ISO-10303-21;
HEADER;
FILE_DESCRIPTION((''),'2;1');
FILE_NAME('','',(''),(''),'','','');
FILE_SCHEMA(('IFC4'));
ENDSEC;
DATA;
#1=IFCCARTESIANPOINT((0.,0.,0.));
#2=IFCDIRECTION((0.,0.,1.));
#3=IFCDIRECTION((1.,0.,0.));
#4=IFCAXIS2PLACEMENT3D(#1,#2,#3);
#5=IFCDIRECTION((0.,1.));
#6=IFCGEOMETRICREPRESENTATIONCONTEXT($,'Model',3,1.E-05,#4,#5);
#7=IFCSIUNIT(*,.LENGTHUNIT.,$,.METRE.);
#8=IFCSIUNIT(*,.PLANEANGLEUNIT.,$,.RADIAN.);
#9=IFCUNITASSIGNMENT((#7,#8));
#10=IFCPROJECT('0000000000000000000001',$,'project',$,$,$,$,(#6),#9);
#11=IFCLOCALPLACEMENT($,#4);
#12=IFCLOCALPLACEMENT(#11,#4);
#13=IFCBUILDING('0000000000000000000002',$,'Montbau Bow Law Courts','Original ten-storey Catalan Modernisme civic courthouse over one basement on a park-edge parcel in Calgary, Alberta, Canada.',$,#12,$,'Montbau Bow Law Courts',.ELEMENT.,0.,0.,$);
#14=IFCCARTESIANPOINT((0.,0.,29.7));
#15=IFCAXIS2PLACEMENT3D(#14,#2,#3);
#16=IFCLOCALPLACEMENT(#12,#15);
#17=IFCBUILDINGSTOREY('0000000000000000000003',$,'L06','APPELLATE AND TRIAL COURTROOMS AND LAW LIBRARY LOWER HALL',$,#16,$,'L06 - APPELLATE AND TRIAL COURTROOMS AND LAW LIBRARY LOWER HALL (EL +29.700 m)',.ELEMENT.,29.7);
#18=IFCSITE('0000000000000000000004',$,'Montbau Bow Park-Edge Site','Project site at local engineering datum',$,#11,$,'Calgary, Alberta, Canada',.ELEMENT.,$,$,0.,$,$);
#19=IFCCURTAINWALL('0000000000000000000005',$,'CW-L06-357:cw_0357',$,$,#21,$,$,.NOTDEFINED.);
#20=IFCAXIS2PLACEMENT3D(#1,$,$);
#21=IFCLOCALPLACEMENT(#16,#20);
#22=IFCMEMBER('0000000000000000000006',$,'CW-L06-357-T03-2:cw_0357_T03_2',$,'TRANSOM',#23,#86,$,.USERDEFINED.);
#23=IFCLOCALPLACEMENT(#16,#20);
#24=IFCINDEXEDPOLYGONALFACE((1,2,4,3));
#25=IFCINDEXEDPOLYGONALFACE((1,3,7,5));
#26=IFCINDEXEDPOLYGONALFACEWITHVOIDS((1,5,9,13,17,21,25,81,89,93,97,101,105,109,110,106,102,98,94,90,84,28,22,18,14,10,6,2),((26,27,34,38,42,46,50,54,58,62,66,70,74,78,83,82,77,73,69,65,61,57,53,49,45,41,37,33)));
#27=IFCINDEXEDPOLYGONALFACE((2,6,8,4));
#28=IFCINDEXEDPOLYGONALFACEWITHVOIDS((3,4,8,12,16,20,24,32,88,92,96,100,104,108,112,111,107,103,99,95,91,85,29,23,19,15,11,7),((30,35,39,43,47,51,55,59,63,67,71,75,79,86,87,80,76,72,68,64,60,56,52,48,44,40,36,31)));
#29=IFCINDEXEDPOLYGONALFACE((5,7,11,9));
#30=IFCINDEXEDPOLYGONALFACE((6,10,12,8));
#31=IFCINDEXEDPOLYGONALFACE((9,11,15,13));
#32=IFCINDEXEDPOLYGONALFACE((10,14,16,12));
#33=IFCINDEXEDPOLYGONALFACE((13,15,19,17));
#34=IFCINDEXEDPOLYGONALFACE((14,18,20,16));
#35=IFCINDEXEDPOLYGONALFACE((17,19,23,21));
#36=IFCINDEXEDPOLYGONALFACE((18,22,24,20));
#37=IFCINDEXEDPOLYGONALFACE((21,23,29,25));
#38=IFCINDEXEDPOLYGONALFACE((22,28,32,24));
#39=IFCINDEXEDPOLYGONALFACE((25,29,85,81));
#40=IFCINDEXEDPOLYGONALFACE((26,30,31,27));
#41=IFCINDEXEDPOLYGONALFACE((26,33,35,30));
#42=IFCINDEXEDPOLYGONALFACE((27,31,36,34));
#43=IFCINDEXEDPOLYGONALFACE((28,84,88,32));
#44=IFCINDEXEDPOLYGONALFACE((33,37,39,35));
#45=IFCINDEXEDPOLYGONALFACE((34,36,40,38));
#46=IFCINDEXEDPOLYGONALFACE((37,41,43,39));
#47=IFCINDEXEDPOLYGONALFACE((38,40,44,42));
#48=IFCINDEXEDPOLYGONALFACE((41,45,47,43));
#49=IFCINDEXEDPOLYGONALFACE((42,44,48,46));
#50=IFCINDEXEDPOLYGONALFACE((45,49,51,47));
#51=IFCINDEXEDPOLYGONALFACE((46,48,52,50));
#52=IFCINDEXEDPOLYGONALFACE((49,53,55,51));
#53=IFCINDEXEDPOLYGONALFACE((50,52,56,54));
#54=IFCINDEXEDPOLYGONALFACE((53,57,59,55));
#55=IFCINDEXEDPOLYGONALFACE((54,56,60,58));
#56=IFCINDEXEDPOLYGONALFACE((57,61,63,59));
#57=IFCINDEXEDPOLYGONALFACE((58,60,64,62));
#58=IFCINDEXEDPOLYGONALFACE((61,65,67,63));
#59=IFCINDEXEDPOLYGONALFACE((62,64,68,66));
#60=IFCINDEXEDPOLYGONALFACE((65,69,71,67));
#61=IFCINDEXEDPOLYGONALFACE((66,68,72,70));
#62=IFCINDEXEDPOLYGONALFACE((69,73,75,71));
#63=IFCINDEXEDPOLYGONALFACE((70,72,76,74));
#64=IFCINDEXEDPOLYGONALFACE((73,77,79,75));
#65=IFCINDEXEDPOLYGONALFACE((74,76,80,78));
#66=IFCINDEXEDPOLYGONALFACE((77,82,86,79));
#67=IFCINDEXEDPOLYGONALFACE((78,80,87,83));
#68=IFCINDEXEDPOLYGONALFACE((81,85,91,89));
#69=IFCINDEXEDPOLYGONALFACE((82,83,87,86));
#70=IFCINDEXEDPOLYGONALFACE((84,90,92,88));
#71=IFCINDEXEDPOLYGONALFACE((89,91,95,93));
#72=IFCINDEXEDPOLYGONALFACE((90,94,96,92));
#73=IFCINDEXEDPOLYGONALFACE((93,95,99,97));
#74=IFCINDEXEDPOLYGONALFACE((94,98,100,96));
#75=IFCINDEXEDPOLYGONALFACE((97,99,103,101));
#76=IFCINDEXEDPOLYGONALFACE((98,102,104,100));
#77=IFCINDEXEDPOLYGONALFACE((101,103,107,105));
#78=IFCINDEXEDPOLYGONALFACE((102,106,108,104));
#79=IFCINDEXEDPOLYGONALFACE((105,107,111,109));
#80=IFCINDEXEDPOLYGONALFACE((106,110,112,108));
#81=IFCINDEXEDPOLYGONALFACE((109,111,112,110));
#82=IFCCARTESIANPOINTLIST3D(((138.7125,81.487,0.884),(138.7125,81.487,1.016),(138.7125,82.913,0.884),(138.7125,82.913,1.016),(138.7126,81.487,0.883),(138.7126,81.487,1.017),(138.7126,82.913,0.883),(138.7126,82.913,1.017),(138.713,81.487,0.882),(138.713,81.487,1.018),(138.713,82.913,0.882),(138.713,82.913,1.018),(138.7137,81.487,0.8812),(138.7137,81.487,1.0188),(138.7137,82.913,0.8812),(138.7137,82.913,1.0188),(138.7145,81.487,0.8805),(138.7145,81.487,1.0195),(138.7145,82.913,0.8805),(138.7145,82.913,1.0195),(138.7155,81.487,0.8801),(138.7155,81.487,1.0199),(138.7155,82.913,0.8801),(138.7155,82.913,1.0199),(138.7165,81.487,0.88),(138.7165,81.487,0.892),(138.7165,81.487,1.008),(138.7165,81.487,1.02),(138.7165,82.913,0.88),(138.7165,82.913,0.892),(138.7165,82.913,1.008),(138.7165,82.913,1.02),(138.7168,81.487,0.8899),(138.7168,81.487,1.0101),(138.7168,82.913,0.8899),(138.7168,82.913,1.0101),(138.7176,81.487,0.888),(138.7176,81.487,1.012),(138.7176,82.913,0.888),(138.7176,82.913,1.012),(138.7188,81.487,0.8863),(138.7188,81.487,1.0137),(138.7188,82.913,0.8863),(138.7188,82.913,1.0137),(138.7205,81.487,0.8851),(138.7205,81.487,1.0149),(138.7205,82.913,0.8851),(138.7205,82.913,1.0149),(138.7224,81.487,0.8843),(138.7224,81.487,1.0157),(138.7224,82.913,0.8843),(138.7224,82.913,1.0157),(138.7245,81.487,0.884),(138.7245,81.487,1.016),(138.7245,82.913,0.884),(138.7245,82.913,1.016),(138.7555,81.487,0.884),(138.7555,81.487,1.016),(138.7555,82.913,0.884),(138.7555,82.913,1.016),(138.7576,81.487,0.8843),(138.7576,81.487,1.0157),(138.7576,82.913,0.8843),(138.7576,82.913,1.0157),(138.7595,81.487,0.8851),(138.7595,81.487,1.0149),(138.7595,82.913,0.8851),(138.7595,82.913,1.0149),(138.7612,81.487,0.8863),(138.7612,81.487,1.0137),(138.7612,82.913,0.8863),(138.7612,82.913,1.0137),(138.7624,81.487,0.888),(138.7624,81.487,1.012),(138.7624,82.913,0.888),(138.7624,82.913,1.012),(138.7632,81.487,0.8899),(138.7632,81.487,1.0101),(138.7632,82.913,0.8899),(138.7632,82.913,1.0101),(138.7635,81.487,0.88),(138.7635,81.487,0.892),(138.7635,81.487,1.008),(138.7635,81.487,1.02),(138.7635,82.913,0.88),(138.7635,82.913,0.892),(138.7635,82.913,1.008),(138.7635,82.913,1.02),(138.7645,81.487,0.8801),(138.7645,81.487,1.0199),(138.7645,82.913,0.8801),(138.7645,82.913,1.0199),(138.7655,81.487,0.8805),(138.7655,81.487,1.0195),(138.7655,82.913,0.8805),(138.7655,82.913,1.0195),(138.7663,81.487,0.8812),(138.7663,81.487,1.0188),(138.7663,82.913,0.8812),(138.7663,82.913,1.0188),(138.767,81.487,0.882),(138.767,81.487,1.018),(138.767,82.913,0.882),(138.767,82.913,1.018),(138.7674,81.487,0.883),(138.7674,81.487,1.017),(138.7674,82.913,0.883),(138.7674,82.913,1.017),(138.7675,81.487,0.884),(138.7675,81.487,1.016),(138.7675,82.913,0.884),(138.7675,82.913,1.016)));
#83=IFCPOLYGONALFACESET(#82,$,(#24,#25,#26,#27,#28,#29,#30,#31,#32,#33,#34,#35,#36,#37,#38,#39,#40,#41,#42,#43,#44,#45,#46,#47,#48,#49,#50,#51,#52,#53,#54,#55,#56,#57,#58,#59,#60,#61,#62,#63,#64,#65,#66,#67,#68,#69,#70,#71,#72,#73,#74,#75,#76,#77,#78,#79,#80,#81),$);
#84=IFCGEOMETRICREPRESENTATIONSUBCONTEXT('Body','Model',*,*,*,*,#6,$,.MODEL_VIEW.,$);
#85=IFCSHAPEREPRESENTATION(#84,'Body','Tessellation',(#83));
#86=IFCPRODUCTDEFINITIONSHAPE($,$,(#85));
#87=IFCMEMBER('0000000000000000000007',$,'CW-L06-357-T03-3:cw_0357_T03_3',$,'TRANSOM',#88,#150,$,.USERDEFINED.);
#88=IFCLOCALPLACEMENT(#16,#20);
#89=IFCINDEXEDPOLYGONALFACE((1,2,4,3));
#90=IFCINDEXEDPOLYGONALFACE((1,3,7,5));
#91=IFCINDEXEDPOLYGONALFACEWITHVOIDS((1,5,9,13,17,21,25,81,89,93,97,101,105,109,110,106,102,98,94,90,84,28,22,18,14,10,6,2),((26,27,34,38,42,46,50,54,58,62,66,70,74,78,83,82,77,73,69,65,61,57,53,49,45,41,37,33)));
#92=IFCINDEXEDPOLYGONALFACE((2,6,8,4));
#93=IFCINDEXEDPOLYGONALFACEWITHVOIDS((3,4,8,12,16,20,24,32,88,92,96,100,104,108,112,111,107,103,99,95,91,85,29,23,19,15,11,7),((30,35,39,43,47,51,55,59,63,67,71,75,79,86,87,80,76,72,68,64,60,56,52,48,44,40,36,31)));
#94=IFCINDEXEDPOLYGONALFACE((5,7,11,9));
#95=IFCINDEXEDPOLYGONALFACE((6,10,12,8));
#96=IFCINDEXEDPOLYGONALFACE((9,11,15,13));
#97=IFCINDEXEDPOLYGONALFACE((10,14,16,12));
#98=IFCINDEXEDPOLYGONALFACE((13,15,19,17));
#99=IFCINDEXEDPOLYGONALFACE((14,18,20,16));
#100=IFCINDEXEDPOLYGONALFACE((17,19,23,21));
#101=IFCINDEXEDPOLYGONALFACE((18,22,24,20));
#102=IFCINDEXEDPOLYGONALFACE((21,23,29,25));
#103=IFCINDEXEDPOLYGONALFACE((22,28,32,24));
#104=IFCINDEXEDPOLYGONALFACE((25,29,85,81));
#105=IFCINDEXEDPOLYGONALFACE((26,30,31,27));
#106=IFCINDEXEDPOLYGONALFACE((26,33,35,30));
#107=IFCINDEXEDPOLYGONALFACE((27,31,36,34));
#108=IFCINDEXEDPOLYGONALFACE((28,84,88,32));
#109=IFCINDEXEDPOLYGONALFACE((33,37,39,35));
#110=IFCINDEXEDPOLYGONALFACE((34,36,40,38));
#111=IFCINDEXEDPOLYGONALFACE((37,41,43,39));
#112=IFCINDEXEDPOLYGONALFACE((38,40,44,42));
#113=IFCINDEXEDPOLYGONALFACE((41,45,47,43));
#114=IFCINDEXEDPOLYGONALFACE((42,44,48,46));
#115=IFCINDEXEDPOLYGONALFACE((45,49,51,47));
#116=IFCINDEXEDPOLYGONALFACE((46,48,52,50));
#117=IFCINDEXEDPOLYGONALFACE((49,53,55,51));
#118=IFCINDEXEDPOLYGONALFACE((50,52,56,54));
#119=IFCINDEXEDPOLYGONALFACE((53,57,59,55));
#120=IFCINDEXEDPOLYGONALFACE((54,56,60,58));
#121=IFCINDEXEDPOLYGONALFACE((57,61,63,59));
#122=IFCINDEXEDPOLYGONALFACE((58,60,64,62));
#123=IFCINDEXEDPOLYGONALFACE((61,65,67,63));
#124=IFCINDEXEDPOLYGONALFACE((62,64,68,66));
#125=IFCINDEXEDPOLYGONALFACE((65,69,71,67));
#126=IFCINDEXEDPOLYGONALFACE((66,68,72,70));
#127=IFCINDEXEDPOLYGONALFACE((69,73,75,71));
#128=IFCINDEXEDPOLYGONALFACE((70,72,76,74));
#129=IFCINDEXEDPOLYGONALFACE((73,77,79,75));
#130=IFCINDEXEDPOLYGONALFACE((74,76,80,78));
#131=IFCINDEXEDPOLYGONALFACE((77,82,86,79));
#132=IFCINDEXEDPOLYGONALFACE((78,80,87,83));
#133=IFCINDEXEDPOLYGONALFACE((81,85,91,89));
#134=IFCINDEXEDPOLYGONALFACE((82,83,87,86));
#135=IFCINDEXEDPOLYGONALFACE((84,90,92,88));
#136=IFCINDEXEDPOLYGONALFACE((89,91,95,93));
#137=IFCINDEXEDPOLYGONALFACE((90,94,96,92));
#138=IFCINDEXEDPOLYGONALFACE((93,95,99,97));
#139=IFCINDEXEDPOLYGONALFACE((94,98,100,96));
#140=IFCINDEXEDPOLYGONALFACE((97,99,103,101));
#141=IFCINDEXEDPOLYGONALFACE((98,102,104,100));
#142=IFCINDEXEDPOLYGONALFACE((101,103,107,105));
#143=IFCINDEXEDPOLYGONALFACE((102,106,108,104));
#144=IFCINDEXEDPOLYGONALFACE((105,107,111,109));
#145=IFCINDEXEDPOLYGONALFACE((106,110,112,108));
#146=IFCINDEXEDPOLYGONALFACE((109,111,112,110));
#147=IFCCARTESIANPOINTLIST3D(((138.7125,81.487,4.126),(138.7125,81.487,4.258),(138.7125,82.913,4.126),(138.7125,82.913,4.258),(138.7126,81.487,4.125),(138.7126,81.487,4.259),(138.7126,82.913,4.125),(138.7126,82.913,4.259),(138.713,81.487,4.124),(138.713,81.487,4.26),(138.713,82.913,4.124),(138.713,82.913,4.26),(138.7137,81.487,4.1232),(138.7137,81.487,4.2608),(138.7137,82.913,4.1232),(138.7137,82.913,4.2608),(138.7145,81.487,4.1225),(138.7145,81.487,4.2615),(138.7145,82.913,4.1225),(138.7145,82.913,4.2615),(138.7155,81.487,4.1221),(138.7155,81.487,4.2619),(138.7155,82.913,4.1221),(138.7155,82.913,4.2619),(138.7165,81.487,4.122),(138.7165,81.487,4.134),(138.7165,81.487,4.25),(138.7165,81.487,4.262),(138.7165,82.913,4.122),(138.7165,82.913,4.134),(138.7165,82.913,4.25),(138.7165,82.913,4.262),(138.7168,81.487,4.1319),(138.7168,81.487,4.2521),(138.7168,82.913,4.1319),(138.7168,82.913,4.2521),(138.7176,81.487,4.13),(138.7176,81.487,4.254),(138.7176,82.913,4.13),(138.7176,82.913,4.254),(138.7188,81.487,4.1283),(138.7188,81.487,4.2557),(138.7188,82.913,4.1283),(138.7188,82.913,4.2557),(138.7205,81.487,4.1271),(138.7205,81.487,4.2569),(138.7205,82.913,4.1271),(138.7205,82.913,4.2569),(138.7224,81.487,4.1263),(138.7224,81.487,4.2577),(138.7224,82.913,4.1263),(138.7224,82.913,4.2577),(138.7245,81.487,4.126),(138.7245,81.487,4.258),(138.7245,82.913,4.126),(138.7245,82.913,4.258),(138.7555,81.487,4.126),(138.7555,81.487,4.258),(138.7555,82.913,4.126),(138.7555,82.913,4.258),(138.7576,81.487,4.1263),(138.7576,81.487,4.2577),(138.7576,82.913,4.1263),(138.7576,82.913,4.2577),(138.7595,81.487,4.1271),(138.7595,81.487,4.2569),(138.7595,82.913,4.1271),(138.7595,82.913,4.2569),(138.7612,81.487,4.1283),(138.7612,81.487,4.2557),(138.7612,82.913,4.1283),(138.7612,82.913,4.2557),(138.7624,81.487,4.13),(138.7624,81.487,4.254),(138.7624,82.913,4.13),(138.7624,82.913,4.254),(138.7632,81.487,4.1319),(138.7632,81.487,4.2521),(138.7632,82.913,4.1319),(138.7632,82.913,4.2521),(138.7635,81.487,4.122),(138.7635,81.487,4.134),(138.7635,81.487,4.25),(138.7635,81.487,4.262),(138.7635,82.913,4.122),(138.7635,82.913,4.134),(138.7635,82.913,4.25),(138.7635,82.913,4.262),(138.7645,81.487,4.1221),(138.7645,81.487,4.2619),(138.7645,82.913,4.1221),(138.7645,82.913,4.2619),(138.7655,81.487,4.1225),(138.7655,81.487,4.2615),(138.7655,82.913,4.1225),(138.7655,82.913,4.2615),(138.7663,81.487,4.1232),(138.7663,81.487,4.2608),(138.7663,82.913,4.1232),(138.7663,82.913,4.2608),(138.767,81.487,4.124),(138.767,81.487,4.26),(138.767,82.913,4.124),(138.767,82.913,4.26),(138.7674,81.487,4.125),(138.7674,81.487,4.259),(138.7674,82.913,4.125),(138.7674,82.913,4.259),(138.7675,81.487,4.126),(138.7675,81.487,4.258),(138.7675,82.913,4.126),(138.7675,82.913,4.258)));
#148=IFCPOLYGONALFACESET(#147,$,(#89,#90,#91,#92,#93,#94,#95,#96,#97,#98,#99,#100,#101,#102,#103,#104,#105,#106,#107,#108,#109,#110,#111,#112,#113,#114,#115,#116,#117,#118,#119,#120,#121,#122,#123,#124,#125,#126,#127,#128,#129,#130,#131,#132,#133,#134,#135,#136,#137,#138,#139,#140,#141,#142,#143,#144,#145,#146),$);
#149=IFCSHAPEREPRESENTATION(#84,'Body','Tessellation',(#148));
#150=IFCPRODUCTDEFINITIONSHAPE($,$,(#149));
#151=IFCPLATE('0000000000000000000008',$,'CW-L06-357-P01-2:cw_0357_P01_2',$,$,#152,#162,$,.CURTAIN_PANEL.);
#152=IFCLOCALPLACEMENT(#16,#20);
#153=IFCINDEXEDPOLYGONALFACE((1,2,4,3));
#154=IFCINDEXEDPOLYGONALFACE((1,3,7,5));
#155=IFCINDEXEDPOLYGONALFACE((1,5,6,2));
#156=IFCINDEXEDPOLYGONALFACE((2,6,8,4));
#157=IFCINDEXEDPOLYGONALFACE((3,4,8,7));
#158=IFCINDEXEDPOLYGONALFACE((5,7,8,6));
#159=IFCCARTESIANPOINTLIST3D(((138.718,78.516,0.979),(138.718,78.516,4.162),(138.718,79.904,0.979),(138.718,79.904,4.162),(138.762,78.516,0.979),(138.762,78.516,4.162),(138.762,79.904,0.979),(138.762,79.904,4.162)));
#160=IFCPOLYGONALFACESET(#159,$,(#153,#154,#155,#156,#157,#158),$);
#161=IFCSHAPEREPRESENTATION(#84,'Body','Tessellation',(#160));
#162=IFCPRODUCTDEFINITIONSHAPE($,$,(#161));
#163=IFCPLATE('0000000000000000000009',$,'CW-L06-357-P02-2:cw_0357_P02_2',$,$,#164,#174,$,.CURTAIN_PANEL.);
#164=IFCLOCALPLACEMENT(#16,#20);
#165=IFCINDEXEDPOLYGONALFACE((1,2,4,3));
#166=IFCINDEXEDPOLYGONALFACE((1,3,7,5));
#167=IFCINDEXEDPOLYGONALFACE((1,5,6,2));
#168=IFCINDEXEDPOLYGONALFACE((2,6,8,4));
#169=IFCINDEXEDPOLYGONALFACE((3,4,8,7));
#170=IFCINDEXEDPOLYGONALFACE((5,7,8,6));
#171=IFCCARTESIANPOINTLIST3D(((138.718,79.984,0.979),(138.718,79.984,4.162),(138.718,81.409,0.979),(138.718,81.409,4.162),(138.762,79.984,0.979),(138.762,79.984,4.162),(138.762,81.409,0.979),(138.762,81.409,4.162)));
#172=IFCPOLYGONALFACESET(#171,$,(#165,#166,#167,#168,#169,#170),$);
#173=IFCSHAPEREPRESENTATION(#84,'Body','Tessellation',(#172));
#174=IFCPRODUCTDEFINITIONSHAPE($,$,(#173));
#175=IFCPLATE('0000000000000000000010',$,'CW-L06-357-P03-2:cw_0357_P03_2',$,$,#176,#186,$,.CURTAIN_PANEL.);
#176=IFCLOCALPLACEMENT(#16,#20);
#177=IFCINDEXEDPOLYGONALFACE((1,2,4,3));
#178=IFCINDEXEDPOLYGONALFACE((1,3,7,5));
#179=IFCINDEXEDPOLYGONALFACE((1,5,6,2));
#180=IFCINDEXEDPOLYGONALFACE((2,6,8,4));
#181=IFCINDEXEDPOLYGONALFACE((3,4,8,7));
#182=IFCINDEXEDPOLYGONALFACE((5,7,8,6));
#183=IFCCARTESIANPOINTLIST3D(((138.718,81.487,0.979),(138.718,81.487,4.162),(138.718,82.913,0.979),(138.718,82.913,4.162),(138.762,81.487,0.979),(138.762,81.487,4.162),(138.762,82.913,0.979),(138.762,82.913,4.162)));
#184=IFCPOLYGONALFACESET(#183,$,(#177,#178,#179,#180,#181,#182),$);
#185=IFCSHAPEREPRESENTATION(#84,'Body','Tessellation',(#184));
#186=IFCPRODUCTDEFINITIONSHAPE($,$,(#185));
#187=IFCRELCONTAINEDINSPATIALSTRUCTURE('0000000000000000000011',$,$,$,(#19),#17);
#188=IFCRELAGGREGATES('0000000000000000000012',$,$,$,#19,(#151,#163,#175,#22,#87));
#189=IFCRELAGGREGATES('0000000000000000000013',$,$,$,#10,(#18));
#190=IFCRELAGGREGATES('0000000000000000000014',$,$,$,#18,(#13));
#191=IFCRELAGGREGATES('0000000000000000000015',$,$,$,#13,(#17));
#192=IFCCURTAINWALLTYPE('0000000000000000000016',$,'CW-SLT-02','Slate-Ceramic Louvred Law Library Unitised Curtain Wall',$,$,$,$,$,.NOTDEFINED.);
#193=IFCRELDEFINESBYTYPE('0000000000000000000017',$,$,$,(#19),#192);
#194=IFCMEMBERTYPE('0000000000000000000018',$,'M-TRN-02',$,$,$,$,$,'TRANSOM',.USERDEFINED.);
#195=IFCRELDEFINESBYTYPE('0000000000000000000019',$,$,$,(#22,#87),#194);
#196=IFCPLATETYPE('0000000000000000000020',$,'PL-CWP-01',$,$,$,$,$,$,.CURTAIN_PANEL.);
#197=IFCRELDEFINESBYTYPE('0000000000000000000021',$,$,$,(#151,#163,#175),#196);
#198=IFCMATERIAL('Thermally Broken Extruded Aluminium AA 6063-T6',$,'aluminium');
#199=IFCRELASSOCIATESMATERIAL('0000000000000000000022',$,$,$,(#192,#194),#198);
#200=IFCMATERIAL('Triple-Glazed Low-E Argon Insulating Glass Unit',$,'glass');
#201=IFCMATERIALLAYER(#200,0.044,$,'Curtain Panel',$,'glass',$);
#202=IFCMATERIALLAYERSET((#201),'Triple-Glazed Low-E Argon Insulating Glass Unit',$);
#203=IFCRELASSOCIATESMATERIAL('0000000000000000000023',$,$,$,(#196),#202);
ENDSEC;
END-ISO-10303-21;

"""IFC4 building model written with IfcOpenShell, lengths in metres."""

from ifc_helpers import new_model, si_unit, direction, frame, frame_2d, origin_with_axes, origin_2d_with_axis, place, context, subcontext, project, spatial, rectangle, hollow_rectangle, extrude, material, layer, layer_set, material_profile, profile_set, type_object, element, aggregate, save


model = new_model("IFC4")

# Units and contexts
model_context = context("Model", 3, precision=1e-05, world=origin_with_axes(), true_north=direction((0.0, 1.0)))
body_context = subcontext(model_context, "Body", "Model", "MODEL_VIEW")
ifc_project = project(units=[si_unit("LENGTHUNIT", "METRE"), si_unit("PLANEANGLEUNIT", "RADIAN")], contexts=[model_context])

# Site, building, storey
site_placement = place(None, origin_with_axes())
site = spatial("IfcSite", under=ifc_project, at=site_placement, Name="Montbau Bow Park-Edge Site", Description="Project site at local engineering datum", LongName="Calgary, Alberta, Canada", CompositionType="ELEMENT", RefElevation=0.0)
building_placement = place(site_placement, origin_with_axes())
building = spatial("IfcBuilding", under=site, at=building_placement, Name="Montbau Bow Law Courts", Description="Original ten-storey Catalan Modernisme civic courthouse over one basement on a park-edge parcel in Calgary, Alberta, Canada.", LongName="Montbau Bow Law Courts", CompositionType="ELEMENT", ElevationOfRefHeight=0.0, ElevationOfTerrain=0.0)
storey_placement = place(building_placement, frame((0.0, 0.0, 29.7), z_axis=(0.0, 0.0, 1.0), x_axis=(1.0, 0.0, 0.0)))
storey = spatial("IfcBuildingStorey", under=building, at=storey_placement, Name="L06", Description="APPELLATE AND TRIAL COURTROOMS AND LAW LIBRARY LOWER HALL", LongName="L06 - APPELLATE AND TRIAL COURTROOMS AND LAW LIBRARY LOWER HALL (EL +29.700 m)", CompositionType="ELEMENT", Elevation=29.7)

# Curtain wall, members, plates
ifc_material_1 = material(Name="Thermally Broken Extruded Aluminium AA 6063-T6", Category="aluminium")
curtain_wall_type = type_object("IfcCurtainWallType", Name="CW-SLT-02", Description="Slate-Ceramic Louvred Law Library Unitised Curtain Wall", PredefinedType="NOTDEFINED", material=ifc_material_1)
curtain_wall_placement = place(None, frame((138.74, 78.44, 29.7), z_axis=(0.0, 0.0, 1.0), x_axis=(1.0, 0.0, 0.0)))
curtain_wall = element("IfcCurtainWall", 1, at=curtain_wall_placement, inside=storey, type_object=curtain_wall_type, Name="CW-L06-357:cw_0357", PredefinedType="NOTDEFINED")
ifc_material_profile_1 = material_profile(ifc_material_1, hollow_rectangle(XDim=0.055, YDim=0.14, WallThickness=0.004, InnerFilletRadius=0.008, OuterFilletRadius=0.004, at=origin_2d_with_axis()), Name="CWT-140X55", Category="Main", Priority=0)
ifc_profile_set_1 = profile_set([ifc_material_profile_1], Name="Thermally Broken Extruded Aluminium AA 6063-T6")
member_type_1 = type_object("IfcMemberType", Name="M-TRN-02", ElementType="TRANSOM", PredefinedType="USERDEFINED", material=ifc_profile_set_1)
member_1_placement = place(None, frame((138.74, 81.487, 30.65), z_axis=(0.0, 1.0, 0.0), x_axis=(-1.0, 0.0, 0.0)))
member_1 = element("IfcMember", 2, at=member_1_placement, type_object=member_type_1, Name="CW-L06-357-T03-2:cw_0357_T03_2", ObjectType="TRANSOM", PredefinedType="USERDEFINED", context=body_context, shape_type="SweptSolid", body=[
    extrude(hollow_rectangle(XDim=0.055, YDim=0.14, WallThickness=0.004, InnerFilletRadius=0.008, OuterFilletRadius=0.004, at=origin_2d_with_axis()), origin_with_axes(), (0.0, 0.0, 1.0), 1.426),
])
member_2_placement = place(None, frame((138.74, 81.487, 33.892), z_axis=(0.0, 1.0, 0.0), x_axis=(-1.0, 0.0, 0.0)))
member_2 = element("IfcMember", 3, at=member_2_placement, type_object=member_type_1, Name="CW-L06-357-T03-3:cw_0357_T03_3", ObjectType="TRANSOM", PredefinedType="USERDEFINED", context=body_context, shape_type="SweptSolid", body=[
    extrude(hollow_rectangle(XDim=0.055, YDim=0.14, WallThickness=0.004, InnerFilletRadius=0.008, OuterFilletRadius=0.004, at=origin_2d_with_axis()), origin_with_axes(), (0.0, 0.0, 1.0), 1.426),
])
ifc_material_2 = material(Name="Triple-Glazed Low-E Argon Insulating Glass Unit", Category="glass")
ifc_layer_1 = layer(ifc_material_2, 0.044, Name="Curtain Panel", Category="glass")
ifc_layer_set_1 = layer_set([ifc_layer_1], Name="Triple-Glazed Low-E Argon Insulating Glass Unit")
plate_type_1 = type_object("IfcPlateType", Name="PL-CWP-01", PredefinedType="CURTAIN_PANEL", material=ifc_layer_set_1)
plate_1_placement = place(None, frame((138.74, 78.516, 30.679), z_axis=(1.0, 0.0, 0.0), x_axis=(0.0, 1.0, 0.0)))
plate_1 = element("IfcPlate", 4, at=plate_1_placement, type_object=plate_type_1, Name="CW-L06-357-P01-2:cw_0357_P01_2", PredefinedType="CURTAIN_PANEL", context=body_context, shape_type="SweptSolid", body=[
    extrude(rectangle(XDim=1.388, YDim=3.183, at=frame_2d((0.694, 1.5915), x_axis=(1.0, 0.0))), frame((0.0, 0.0, -0.022), z_axis=(0.0, 0.0, 1.0), x_axis=(1.0, 0.0, 0.0)), (0.0, 0.0, 1.0), 0.044),
])
plate_2_placement = place(None, frame((138.74, 79.984, 30.679), z_axis=(1.0, 0.0, 0.0), x_axis=(0.0, 1.0, 0.0)))
plate_2 = element("IfcPlate", 5, at=plate_2_placement, type_object=plate_type_1, Name="CW-L06-357-P02-2:cw_0357_P02_2", PredefinedType="CURTAIN_PANEL", context=body_context, shape_type="SweptSolid", body=[
    extrude(rectangle(XDim=1.425, YDim=3.183, at=frame_2d((0.7125, 1.5915), x_axis=(1.0, 0.0))), frame((0.0, 0.0, -0.022), z_axis=(0.0, 0.0, 1.0), x_axis=(1.0, 0.0, 0.0)), (0.0, 0.0, 1.0), 0.044),
])
plate_3_placement = place(None, frame((138.74, 81.487, 30.679), z_axis=(1.0, 0.0, 0.0), x_axis=(0.0, 1.0, 0.0)))
plate_3 = element("IfcPlate", 6, at=plate_3_placement, type_object=plate_type_1, Name="CW-L06-357-P03-2:cw_0357_P03_2", PredefinedType="CURTAIN_PANEL", context=body_context, shape_type="SweptSolid", body=[
    extrude(rectangle(XDim=1.426, YDim=3.183, at=frame_2d((0.713, 1.5915), x_axis=(1.0, 0.0))), frame((0.0, 0.0, -0.022), z_axis=(0.0, 0.0, 1.0), x_axis=(1.0, 0.0, 0.0)), (0.0, 0.0, 1.0), 0.044),
])
aggregate(curtain_wall, [plate_1, plate_2, plate_3, member_1, member_2])

save(model, "model.ifc")
